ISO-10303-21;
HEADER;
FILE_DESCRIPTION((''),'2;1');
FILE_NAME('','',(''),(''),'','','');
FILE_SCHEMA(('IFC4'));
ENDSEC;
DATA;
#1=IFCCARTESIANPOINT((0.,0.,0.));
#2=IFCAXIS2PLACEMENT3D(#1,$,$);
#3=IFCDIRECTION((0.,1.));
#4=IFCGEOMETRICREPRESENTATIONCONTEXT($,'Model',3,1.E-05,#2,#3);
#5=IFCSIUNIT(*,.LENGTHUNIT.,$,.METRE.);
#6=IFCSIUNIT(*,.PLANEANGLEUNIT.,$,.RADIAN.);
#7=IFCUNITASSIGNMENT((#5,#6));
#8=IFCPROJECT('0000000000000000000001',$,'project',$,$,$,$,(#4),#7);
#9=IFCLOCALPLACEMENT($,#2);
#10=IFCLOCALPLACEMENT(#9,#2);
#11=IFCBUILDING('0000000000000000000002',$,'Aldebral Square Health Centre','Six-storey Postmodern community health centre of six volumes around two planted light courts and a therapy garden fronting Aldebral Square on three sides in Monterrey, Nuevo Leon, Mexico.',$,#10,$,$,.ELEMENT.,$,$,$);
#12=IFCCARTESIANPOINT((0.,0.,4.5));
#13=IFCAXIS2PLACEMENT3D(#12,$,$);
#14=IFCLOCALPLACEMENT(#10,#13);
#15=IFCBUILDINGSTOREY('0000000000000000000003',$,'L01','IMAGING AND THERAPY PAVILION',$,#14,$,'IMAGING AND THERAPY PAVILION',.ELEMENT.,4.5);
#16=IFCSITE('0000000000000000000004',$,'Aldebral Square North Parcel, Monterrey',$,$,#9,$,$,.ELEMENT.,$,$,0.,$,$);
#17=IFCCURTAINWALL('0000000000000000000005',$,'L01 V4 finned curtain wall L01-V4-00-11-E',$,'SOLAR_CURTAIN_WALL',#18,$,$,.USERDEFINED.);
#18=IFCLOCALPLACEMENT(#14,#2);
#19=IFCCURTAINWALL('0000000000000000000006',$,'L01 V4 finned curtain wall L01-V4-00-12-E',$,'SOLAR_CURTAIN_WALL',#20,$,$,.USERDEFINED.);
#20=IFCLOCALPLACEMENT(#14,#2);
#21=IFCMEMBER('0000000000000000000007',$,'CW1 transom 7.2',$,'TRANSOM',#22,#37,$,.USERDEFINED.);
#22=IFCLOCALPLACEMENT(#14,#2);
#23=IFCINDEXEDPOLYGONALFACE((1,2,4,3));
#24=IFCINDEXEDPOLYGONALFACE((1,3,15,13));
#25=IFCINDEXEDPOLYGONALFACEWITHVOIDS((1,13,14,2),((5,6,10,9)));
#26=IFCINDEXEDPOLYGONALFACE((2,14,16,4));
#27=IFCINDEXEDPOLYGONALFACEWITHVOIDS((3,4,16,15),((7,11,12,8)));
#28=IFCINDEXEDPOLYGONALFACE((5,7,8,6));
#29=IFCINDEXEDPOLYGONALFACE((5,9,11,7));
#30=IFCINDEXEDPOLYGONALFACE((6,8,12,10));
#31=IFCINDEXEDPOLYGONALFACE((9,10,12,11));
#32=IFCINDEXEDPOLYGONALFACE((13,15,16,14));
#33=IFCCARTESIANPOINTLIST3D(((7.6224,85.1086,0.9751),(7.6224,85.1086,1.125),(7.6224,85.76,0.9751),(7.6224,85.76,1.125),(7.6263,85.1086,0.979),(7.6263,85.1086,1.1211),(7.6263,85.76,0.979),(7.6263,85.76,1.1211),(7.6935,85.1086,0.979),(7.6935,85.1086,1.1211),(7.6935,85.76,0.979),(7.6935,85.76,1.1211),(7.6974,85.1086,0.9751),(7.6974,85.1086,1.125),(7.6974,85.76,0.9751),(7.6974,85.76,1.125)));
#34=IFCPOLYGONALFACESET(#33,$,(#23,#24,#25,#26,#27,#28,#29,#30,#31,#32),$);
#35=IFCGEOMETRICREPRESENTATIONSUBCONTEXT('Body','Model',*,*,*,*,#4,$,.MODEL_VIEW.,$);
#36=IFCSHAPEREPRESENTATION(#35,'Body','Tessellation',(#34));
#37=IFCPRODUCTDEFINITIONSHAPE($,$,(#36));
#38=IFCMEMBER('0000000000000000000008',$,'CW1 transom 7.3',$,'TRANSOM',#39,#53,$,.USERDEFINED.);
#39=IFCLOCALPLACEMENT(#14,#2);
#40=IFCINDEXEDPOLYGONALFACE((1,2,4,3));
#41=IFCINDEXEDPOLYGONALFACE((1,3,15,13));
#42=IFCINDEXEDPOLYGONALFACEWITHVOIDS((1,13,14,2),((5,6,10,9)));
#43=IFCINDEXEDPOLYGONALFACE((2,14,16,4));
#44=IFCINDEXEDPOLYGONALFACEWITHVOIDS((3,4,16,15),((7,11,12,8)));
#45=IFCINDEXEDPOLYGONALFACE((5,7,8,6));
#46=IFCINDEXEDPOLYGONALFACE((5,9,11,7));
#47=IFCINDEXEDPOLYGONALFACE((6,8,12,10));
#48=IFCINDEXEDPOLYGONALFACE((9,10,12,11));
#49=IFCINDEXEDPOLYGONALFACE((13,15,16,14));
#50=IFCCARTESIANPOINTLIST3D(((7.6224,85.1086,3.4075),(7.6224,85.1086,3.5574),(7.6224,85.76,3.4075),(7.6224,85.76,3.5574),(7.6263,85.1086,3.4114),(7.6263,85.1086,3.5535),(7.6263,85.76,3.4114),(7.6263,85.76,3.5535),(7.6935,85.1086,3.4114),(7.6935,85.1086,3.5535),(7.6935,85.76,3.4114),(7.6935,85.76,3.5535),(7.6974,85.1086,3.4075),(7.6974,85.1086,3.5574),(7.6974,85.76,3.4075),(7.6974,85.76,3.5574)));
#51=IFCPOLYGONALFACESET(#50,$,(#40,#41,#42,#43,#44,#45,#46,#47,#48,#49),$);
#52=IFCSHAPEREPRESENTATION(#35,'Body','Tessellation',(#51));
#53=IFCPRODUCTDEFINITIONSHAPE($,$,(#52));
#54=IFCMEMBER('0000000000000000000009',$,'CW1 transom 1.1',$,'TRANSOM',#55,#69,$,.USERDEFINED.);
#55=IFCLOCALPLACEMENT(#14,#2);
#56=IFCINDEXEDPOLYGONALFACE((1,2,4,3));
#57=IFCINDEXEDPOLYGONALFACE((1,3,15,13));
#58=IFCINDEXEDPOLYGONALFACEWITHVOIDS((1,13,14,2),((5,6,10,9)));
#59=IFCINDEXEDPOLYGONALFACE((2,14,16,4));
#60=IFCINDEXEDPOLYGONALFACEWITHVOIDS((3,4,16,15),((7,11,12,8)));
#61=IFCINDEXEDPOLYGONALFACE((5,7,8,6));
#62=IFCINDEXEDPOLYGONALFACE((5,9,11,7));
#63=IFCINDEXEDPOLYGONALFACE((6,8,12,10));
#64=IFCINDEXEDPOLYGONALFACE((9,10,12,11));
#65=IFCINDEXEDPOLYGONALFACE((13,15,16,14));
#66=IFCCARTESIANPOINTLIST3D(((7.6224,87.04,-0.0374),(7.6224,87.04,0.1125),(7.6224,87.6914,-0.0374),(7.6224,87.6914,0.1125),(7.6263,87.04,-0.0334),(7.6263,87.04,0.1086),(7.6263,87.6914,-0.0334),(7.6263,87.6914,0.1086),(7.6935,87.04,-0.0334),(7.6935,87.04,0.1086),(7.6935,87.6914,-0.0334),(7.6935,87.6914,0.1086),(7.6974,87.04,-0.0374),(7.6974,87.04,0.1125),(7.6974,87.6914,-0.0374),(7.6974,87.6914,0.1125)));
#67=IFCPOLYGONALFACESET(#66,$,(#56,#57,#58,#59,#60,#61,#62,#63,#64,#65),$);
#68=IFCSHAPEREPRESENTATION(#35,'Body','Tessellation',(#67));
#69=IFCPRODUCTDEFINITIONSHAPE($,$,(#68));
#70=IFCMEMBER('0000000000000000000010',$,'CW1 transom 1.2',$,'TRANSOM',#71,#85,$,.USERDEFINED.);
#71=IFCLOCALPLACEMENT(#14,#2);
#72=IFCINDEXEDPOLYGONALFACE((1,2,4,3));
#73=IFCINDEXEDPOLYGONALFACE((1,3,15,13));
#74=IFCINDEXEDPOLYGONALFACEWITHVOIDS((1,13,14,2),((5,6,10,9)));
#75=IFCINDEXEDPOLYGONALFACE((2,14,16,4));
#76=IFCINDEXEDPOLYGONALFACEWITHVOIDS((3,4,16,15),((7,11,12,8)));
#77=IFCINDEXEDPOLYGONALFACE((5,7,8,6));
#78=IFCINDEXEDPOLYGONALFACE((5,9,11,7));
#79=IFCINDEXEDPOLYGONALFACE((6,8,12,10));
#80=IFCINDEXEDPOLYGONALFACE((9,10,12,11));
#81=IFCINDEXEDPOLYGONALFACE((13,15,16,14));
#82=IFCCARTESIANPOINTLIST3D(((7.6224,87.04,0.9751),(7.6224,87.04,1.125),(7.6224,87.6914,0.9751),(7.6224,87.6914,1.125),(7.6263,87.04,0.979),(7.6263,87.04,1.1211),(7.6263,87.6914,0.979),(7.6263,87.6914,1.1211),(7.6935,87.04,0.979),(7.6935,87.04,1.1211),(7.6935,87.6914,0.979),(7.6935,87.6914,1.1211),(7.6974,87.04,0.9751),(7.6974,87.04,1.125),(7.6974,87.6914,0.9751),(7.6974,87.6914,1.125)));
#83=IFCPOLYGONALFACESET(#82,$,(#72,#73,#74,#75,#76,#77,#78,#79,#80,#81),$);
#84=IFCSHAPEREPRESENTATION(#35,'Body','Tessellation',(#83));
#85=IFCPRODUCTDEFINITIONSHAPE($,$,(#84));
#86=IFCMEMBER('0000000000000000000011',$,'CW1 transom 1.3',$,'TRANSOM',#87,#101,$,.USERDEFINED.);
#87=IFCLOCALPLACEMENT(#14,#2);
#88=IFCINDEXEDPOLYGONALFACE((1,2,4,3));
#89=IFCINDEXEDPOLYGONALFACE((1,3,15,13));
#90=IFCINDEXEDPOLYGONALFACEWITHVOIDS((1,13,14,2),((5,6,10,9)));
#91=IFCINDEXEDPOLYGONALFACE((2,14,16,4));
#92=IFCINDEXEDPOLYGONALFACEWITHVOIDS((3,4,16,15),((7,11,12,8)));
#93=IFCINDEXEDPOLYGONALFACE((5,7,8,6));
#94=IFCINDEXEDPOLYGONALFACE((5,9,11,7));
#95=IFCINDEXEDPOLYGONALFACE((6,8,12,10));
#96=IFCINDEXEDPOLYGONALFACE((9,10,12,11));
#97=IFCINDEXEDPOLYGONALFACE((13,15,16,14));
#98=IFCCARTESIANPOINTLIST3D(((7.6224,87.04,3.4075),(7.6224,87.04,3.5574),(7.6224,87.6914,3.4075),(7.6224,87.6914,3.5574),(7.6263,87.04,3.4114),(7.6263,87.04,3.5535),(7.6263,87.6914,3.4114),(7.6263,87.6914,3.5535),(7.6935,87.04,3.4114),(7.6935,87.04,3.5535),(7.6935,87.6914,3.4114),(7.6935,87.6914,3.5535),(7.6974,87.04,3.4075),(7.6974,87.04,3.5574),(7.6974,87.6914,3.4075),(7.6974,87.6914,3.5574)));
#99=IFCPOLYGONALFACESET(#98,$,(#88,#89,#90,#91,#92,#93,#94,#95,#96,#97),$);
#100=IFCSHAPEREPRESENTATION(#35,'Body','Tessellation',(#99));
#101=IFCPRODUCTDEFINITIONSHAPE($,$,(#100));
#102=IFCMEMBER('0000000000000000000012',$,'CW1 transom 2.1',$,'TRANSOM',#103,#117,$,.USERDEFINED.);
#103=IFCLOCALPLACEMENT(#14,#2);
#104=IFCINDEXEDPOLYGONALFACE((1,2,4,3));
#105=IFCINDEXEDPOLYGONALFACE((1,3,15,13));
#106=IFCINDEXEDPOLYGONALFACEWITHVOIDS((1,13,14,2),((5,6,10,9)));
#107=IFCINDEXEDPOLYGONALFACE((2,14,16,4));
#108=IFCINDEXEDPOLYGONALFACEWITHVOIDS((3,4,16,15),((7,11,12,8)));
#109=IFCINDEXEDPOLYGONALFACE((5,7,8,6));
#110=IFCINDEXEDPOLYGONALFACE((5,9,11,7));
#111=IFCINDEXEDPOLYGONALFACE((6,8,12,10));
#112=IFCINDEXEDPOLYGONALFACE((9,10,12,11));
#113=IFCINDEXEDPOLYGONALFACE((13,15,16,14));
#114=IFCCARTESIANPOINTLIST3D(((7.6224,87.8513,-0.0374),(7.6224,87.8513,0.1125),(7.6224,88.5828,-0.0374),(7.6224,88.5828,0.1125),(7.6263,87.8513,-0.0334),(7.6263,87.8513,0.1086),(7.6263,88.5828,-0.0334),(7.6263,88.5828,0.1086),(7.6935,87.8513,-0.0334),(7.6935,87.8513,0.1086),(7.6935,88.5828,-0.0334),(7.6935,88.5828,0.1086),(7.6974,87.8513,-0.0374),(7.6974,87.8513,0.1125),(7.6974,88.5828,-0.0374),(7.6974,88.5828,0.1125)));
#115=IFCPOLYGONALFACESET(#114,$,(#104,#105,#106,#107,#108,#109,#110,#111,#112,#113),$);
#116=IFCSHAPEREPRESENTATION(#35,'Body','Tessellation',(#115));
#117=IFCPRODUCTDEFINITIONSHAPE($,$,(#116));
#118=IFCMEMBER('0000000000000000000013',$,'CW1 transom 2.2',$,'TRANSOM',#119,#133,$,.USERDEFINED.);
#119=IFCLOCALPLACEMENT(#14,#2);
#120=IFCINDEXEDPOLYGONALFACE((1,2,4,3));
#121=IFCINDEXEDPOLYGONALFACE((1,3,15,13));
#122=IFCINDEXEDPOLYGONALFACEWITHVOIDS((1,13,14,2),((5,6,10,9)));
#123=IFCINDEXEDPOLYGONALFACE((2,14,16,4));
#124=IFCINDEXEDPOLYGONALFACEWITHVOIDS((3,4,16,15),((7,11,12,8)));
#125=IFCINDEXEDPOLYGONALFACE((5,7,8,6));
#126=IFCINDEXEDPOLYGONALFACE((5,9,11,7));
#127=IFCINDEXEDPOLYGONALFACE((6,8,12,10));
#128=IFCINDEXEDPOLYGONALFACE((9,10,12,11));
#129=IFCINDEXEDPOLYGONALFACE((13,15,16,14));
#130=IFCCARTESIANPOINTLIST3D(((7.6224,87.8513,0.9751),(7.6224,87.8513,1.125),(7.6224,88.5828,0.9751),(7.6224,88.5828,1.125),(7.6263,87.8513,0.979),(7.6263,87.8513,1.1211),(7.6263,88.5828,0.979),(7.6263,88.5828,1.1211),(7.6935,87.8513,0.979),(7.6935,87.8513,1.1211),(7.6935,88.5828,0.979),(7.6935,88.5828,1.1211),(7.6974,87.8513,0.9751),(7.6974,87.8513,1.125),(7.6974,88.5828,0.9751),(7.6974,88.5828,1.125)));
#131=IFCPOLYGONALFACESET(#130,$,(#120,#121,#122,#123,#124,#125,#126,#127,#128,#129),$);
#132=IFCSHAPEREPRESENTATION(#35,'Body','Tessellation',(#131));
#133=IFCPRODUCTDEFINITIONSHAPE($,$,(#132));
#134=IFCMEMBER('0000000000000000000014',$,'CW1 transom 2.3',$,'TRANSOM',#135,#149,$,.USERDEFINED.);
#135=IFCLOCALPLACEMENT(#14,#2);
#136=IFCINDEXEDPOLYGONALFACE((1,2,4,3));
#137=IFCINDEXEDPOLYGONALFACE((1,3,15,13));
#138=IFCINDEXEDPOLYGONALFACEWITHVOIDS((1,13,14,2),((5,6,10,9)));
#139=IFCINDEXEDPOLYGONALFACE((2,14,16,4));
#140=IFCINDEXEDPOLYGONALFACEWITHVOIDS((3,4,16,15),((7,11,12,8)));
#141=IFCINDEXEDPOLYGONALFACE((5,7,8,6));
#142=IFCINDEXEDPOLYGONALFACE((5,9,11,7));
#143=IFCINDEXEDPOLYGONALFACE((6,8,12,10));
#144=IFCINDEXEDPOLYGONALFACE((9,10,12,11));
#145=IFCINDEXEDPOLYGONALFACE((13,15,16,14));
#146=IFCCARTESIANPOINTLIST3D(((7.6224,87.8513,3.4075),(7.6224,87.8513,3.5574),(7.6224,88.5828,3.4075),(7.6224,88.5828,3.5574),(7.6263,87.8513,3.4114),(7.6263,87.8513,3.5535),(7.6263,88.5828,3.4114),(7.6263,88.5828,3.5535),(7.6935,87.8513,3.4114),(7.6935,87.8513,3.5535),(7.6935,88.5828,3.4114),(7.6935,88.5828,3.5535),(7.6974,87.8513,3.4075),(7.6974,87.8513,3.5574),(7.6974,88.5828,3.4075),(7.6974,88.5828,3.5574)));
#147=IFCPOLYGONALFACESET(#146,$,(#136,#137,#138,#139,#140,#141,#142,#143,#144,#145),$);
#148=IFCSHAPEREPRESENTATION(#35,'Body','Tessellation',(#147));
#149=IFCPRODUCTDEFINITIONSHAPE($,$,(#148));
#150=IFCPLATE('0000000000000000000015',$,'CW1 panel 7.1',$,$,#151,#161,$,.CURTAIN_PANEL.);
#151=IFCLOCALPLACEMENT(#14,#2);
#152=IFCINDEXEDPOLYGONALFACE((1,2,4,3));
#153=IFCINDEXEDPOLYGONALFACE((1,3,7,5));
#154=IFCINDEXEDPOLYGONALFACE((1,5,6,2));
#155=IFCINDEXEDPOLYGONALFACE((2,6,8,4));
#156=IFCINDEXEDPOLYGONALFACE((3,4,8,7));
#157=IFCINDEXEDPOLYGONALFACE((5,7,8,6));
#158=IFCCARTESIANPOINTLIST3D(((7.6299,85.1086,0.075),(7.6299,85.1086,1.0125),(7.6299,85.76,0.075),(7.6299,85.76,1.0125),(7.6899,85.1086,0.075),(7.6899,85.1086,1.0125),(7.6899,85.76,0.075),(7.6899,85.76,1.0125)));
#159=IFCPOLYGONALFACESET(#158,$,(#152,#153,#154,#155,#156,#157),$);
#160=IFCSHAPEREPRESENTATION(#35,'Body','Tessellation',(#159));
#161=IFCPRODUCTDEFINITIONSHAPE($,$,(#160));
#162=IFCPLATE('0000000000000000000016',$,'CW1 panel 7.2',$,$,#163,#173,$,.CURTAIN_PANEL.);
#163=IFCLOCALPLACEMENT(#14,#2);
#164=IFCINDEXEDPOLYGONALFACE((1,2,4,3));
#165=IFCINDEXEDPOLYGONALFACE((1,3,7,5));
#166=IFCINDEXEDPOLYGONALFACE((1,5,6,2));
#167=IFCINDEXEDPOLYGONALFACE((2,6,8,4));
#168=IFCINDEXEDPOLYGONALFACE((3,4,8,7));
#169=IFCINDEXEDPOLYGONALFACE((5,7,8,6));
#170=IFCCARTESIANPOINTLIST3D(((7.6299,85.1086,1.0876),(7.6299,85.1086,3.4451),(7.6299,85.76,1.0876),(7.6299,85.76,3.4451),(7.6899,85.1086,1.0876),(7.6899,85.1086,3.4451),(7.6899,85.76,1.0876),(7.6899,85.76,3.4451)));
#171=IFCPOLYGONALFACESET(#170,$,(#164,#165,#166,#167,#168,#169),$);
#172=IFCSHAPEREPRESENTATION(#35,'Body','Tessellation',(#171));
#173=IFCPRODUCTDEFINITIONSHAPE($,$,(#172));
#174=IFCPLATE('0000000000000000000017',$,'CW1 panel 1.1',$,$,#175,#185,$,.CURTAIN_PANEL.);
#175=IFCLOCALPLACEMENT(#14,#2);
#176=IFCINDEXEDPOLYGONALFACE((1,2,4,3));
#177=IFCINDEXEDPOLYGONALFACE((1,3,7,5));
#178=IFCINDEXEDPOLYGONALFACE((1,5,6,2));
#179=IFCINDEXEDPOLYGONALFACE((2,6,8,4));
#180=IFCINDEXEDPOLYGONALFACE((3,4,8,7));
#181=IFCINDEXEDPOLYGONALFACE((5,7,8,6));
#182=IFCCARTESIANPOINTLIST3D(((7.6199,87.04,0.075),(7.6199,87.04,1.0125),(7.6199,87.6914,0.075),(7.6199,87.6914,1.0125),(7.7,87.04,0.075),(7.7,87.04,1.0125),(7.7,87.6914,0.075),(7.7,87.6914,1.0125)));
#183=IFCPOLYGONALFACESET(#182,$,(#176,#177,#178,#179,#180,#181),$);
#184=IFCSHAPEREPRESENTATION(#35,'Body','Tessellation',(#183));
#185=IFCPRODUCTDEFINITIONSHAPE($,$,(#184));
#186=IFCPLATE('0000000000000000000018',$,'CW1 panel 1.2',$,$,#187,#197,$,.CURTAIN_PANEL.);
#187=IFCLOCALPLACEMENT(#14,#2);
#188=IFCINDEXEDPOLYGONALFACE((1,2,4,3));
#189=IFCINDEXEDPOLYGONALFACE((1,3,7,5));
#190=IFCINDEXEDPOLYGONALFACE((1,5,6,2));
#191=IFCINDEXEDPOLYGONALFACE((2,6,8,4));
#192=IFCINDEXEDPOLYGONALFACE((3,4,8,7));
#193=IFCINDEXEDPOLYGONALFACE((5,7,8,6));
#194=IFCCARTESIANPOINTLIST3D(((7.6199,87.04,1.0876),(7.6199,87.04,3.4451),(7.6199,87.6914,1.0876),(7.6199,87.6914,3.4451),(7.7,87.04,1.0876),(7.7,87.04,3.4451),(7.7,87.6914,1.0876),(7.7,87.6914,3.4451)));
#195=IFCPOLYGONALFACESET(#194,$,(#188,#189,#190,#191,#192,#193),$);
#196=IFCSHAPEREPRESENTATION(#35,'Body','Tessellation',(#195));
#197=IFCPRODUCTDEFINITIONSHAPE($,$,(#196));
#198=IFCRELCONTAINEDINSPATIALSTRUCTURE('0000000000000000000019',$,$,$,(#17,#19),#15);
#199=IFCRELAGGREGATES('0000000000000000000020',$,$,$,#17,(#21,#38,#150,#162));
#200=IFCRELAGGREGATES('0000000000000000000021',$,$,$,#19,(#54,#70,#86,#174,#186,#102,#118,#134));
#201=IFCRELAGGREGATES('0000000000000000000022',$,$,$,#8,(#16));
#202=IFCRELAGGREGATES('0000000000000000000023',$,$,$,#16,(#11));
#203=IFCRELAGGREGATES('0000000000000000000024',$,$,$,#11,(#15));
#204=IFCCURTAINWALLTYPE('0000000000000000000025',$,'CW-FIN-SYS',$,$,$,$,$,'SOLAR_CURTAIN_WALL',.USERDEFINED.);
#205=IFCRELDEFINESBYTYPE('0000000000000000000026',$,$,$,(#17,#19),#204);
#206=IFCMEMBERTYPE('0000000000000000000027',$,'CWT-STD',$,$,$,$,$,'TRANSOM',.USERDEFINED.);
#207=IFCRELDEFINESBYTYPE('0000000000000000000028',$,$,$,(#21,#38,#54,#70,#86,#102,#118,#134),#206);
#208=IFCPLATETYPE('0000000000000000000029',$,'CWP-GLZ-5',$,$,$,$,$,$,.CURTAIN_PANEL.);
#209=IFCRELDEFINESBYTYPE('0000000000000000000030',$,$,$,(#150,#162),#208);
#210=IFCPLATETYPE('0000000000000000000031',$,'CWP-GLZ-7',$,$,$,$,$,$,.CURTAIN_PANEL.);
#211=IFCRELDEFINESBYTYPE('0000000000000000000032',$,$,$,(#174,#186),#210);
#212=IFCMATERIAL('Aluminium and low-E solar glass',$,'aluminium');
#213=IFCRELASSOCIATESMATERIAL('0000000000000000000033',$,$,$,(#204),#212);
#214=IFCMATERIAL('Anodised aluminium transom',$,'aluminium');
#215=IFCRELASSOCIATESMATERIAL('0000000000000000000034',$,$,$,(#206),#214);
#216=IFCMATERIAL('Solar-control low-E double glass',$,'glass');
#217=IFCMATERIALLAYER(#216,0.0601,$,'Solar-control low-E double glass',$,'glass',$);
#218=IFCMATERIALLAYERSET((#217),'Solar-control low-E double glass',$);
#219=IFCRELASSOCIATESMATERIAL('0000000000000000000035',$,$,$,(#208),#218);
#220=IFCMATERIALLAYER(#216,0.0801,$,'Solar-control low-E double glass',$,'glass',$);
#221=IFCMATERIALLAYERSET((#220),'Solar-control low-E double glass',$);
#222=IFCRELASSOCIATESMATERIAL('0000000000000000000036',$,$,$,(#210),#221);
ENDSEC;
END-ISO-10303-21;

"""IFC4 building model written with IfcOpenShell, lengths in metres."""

from ifc_helpers import new_model, si_unit, direction, frame, origin, origin_2d, place, context, subcontext, project, spatial, rectangle, hollow_rectangle, extrude, material, layer, layer_set, material_profile, profile_set, type_object, element, aggregate, save


model = new_model("IFC4")

# Units and contexts
model_context = context("Model", 3, precision=1e-05, world=origin(), true_north=direction((0.0, 1.0)))
body_context = subcontext(model_context, "Body", "Model", "MODEL_VIEW")
ifc_project = project(units=[si_unit("LENGTHUNIT", "METRE"), si_unit("PLANEANGLEUNIT", "RADIAN")], contexts=[model_context])

# Site, building, storey
site_placement = place(None, origin())
site = spatial("IfcSite", under=ifc_project, at=site_placement, Name="Aldebral Square North Parcel, Monterrey", CompositionType="ELEMENT", RefElevation=0.0)
building_placement = place(site_placement, origin())
building = spatial("IfcBuilding", under=site, at=building_placement, Name="Aldebral Square Health Centre", Description="Six-storey Postmodern community health centre of six volumes around two planted light courts and a therapy garden fronting Aldebral Square on three sides in Monterrey, Nuevo Leon, Mexico.", CompositionType="ELEMENT")
storey_placement = place(building_placement, frame((0.0, 0.0, 4.5)))
storey = spatial("IfcBuildingStorey", under=building, at=storey_placement, Name="L01", Description="IMAGING AND THERAPY PAVILION", LongName="IMAGING AND THERAPY PAVILION", CompositionType="ELEMENT", Elevation=4.5)

# Curtain wall
ifc_material_1 = material(Name="Aluminium and low-E solar glass", Category="aluminium")
curtain_wall_type = type_object("IfcCurtainWallType", Name="CW-FIN-SYS", ElementType="SOLAR_CURTAIN_WALL", PredefinedType="USERDEFINED", material=ifc_material_1)
curtain_wall_1_placement = place(storey_placement, origin())
curtain_wall_1 = element("IfcCurtainWall", 1, at=curtain_wall_1_placement, inside=storey, type_object=curtain_wall_type, Name="L01 V4 finned curtain wall L01-V4-00-11-E", ObjectType="SOLAR_CURTAIN_WALL", PredefinedType="USERDEFINED")

# Curtain wall
curtain_wall_2_placement = place(storey_placement, origin())
curtain_wall_2 = element("IfcCurtainWall", 2, at=curtain_wall_2_placement, inside=storey, type_object=curtain_wall_type, Name="L01 V4 finned curtain wall L01-V4-00-12-E", ObjectType="SOLAR_CURTAIN_WALL", PredefinedType="USERDEFINED")

# Members
ifc_material_2 = material(Name="Anodised aluminium transom", Category="aluminium")
ifc_material_profile_1 = material_profile(ifc_material_2, hollow_rectangle(XDim=0.075, YDim=0.1499, WallThickness=0.0039, at=origin_2d()), Name="CWT 75x150x4")
ifc_profile_set_1 = profile_set([ifc_material_profile_1], Name="Anodised aluminium transom")
member_type_1 = type_object("IfcMemberType", Name="CWT-STD", ElementType="TRANSOM", PredefinedType="USERDEFINED", material=ifc_profile_set_1)
member_1_placement = place(storey_placement, frame((7.6599, 85.1086, 1.05), z_axis=(0.0, 1.0, 0.0), x_axis=(-1.0, 0.0, 0.0)))
member_1 = element("IfcMember", 3, at=member_1_placement, type_object=member_type_1, Name="CW1 transom 7.2", ObjectType="TRANSOM", PredefinedType="USERDEFINED", context=body_context, shape_type="SweptSolid", body=[
    extrude(hollow_rectangle(XDim=0.075, YDim=0.1499, WallThickness=0.0039, at=origin_2d()), origin(), (0.0, 0.0, 1.0), 0.6514),
])
member_2_placement = place(storey_placement, frame((7.6599, 85.1086, 3.4824), z_axis=(0.0, 1.0, 0.0), x_axis=(-1.0, 0.0, 0.0)))
member_2 = element("IfcMember", 4, at=member_2_placement, type_object=member_type_1, Name="CW1 transom 7.3", ObjectType="TRANSOM", PredefinedType="USERDEFINED", context=body_context, shape_type="SweptSolid", body=[
    extrude(hollow_rectangle(XDim=0.075, YDim=0.1499, WallThickness=0.0039, at=origin_2d()), origin(), (0.0, 0.0, 1.0), 0.6514),
])
member_3_placement = place(storey_placement, frame((7.6599, 87.04, 0.0376), z_axis=(0.0, 1.0, 0.0), x_axis=(-1.0, 0.0, 0.0)))
member_3 = element("IfcMember", 5, at=member_3_placement, type_object=member_type_1, Name="CW1 transom 1.1", ObjectType="TRANSOM", PredefinedType="USERDEFINED", context=body_context, shape_type="SweptSolid", body=[
    extrude(hollow_rectangle(XDim=0.075, YDim=0.1499, WallThickness=0.0039, at=origin_2d()), origin(), (0.0, 0.0, 1.0), 0.6514),
])
member_4_placement = place(storey_placement, frame((7.6599, 87.04, 1.05), z_axis=(0.0, 1.0, 0.0), x_axis=(-1.0, 0.0, 0.0)))
member_4 = element("IfcMember", 6, at=member_4_placement, type_object=member_type_1, Name="CW1 transom 1.2", ObjectType="TRANSOM", PredefinedType="USERDEFINED", context=body_context, shape_type="SweptSolid", body=[
    extrude(hollow_rectangle(XDim=0.075, YDim=0.1499, WallThickness=0.0039, at=origin_2d()), origin(), (0.0, 0.0, 1.0), 0.6514),
])
member_5_placement = place(storey_placement, frame((7.6599, 87.04, 3.4824), z_axis=(0.0, 1.0, 0.0), x_axis=(-1.0, 0.0, 0.0)))
member_5 = element("IfcMember", 7, at=member_5_placement, type_object=member_type_1, Name="CW1 transom 1.3", ObjectType="TRANSOM", PredefinedType="USERDEFINED", context=body_context, shape_type="SweptSolid", body=[
    extrude(hollow_rectangle(XDim=0.075, YDim=0.1499, WallThickness=0.0039, at=origin_2d()), origin(), (0.0, 0.0, 1.0), 0.6514),
])
member_6_placement = place(storey_placement, frame((7.6599, 87.8513, 0.0376), z_axis=(0.0, 1.0, 0.0), x_axis=(-1.0, 0.0, 0.0)))
member_6 = element("IfcMember", 8, at=member_6_placement, type_object=member_type_1, Name="CW1 transom 2.1", ObjectType="TRANSOM", PredefinedType="USERDEFINED", context=body_context, shape_type="SweptSolid", body=[
    extrude(hollow_rectangle(XDim=0.075, YDim=0.1499, WallThickness=0.0039, at=origin_2d()), origin(), (0.0, 0.0, 1.0), 0.7314),
])
member_7_placement = place(storey_placement, frame((7.6599, 87.8513, 1.05), z_axis=(0.0, 1.0, 0.0), x_axis=(-1.0, 0.0, 0.0)))
member_7 = element("IfcMember", 9, at=member_7_placement, type_object=member_type_1, Name="CW1 transom 2.2", ObjectType="TRANSOM", PredefinedType="USERDEFINED", context=body_context, shape_type="SweptSolid", body=[
    extrude(hollow_rectangle(XDim=0.075, YDim=0.1499, WallThickness=0.0039, at=origin_2d()), origin(), (0.0, 0.0, 1.0), 0.7314),
])
member_8_placement = place(storey_placement, frame((7.6599, 87.8513, 3.4824), z_axis=(0.0, 1.0, 0.0), x_axis=(-1.0, 0.0, 0.0)))
member_8 = element("IfcMember", 10, at=member_8_placement, type_object=member_type_1, Name="CW1 transom 2.3", ObjectType="TRANSOM", PredefinedType="USERDEFINED", context=body_context, shape_type="SweptSolid", body=[
    extrude(hollow_rectangle(XDim=0.075, YDim=0.1499, WallThickness=0.0039, at=origin_2d()), origin(), (0.0, 0.0, 1.0), 0.7314),
])

# Plates
ifc_material_3 = material(Name="Solar-control low-E double glass", Category="glass")
ifc_layer_1 = layer(ifc_material_3, 0.0601, Name="Solar-control low-E double glass", Category="glass")
ifc_layer_set_1 = layer_set([ifc_layer_1], Name="Solar-control low-E double glass")
plate_type_1 = type_object("IfcPlateType", Name="CWP-GLZ-5", PredefinedType="CURTAIN_PANEL", material=ifc_layer_set_1)
plate_1_placement = place(storey_placement, frame((7.6599, 85.4343, 0.075), z_axis=(0.0, 0.0, 1.0), x_axis=(0.0, 1.0, 0.0)))
plate_1 = element("IfcPlate", 11, at=plate_1_placement, type_object=plate_type_1, Name="CW1 panel 7.1", PredefinedType="CURTAIN_PANEL", context=body_context, shape_type="SweptSolid", body=[
    extrude(rectangle(XDim=0.6514, YDim=0.0601, at=origin_2d()), origin(), (0.0, 0.0, 1.0), 0.9375),
])
plate_2_placement = place(storey_placement, frame((7.6599, 85.4343, 1.0876), z_axis=(0.0, 0.0, 1.0), x_axis=(0.0, 1.0, 0.0)))
plate_2 = element("IfcPlate", 12, at=plate_2_placement, type_object=plate_type_1, Name="CW1 panel 7.2", PredefinedType="CURTAIN_PANEL", context=body_context, shape_type="SweptSolid", body=[
    extrude(rectangle(XDim=0.6514, YDim=0.0601, at=origin_2d()), origin(), (0.0, 0.0, 1.0), 2.3574),
])
aggregate(curtain_wall_1, [member_1, member_2, plate_1, plate_2])
ifc_layer_2 = layer(ifc_material_3, 0.0801, Name="Solar-control low-E double glass", Category="glass")
ifc_layer_set_2 = layer_set([ifc_layer_2], Name="Solar-control low-E double glass")
plate_type_2 = type_object("IfcPlateType", Name="CWP-GLZ-7", PredefinedType="CURTAIN_PANEL", material=ifc_layer_set_2)
plate_3_placement = place(storey_placement, frame((7.6599, 87.3657, 0.075), z_axis=(0.0, 0.0, 1.0), x_axis=(0.0, 1.0, 0.0)))
plate_3 = element("IfcPlate", 13, at=plate_3_placement, type_object=plate_type_2, Name="CW1 panel 1.1", PredefinedType="CURTAIN_PANEL", context=body_context, shape_type="SweptSolid", body=[
    extrude(rectangle(XDim=0.6514, YDim=0.0801, at=origin_2d()), origin(), (0.0, 0.0, 1.0), 0.9375),
])
plate_4_placement = place(storey_placement, frame((7.6599, 87.3657, 1.0876), z_axis=(0.0, 0.0, 1.0), x_axis=(0.0, 1.0, 0.0)))
plate_4 = element("IfcPlate", 14, at=plate_4_placement, type_object=plate_type_2, Name="CW1 panel 1.2", PredefinedType="CURTAIN_PANEL", context=body_context, shape_type="SweptSolid", body=[
    extrude(rectangle(XDim=0.6514, YDim=0.0801, at=origin_2d()), origin(), (0.0, 0.0, 1.0), 2.3574),
])
aggregate(curtain_wall_2, [member_3, member_4, member_5, plate_3, plate_4, member_6, member_7, member_8])

save(model, "model.ifc")
